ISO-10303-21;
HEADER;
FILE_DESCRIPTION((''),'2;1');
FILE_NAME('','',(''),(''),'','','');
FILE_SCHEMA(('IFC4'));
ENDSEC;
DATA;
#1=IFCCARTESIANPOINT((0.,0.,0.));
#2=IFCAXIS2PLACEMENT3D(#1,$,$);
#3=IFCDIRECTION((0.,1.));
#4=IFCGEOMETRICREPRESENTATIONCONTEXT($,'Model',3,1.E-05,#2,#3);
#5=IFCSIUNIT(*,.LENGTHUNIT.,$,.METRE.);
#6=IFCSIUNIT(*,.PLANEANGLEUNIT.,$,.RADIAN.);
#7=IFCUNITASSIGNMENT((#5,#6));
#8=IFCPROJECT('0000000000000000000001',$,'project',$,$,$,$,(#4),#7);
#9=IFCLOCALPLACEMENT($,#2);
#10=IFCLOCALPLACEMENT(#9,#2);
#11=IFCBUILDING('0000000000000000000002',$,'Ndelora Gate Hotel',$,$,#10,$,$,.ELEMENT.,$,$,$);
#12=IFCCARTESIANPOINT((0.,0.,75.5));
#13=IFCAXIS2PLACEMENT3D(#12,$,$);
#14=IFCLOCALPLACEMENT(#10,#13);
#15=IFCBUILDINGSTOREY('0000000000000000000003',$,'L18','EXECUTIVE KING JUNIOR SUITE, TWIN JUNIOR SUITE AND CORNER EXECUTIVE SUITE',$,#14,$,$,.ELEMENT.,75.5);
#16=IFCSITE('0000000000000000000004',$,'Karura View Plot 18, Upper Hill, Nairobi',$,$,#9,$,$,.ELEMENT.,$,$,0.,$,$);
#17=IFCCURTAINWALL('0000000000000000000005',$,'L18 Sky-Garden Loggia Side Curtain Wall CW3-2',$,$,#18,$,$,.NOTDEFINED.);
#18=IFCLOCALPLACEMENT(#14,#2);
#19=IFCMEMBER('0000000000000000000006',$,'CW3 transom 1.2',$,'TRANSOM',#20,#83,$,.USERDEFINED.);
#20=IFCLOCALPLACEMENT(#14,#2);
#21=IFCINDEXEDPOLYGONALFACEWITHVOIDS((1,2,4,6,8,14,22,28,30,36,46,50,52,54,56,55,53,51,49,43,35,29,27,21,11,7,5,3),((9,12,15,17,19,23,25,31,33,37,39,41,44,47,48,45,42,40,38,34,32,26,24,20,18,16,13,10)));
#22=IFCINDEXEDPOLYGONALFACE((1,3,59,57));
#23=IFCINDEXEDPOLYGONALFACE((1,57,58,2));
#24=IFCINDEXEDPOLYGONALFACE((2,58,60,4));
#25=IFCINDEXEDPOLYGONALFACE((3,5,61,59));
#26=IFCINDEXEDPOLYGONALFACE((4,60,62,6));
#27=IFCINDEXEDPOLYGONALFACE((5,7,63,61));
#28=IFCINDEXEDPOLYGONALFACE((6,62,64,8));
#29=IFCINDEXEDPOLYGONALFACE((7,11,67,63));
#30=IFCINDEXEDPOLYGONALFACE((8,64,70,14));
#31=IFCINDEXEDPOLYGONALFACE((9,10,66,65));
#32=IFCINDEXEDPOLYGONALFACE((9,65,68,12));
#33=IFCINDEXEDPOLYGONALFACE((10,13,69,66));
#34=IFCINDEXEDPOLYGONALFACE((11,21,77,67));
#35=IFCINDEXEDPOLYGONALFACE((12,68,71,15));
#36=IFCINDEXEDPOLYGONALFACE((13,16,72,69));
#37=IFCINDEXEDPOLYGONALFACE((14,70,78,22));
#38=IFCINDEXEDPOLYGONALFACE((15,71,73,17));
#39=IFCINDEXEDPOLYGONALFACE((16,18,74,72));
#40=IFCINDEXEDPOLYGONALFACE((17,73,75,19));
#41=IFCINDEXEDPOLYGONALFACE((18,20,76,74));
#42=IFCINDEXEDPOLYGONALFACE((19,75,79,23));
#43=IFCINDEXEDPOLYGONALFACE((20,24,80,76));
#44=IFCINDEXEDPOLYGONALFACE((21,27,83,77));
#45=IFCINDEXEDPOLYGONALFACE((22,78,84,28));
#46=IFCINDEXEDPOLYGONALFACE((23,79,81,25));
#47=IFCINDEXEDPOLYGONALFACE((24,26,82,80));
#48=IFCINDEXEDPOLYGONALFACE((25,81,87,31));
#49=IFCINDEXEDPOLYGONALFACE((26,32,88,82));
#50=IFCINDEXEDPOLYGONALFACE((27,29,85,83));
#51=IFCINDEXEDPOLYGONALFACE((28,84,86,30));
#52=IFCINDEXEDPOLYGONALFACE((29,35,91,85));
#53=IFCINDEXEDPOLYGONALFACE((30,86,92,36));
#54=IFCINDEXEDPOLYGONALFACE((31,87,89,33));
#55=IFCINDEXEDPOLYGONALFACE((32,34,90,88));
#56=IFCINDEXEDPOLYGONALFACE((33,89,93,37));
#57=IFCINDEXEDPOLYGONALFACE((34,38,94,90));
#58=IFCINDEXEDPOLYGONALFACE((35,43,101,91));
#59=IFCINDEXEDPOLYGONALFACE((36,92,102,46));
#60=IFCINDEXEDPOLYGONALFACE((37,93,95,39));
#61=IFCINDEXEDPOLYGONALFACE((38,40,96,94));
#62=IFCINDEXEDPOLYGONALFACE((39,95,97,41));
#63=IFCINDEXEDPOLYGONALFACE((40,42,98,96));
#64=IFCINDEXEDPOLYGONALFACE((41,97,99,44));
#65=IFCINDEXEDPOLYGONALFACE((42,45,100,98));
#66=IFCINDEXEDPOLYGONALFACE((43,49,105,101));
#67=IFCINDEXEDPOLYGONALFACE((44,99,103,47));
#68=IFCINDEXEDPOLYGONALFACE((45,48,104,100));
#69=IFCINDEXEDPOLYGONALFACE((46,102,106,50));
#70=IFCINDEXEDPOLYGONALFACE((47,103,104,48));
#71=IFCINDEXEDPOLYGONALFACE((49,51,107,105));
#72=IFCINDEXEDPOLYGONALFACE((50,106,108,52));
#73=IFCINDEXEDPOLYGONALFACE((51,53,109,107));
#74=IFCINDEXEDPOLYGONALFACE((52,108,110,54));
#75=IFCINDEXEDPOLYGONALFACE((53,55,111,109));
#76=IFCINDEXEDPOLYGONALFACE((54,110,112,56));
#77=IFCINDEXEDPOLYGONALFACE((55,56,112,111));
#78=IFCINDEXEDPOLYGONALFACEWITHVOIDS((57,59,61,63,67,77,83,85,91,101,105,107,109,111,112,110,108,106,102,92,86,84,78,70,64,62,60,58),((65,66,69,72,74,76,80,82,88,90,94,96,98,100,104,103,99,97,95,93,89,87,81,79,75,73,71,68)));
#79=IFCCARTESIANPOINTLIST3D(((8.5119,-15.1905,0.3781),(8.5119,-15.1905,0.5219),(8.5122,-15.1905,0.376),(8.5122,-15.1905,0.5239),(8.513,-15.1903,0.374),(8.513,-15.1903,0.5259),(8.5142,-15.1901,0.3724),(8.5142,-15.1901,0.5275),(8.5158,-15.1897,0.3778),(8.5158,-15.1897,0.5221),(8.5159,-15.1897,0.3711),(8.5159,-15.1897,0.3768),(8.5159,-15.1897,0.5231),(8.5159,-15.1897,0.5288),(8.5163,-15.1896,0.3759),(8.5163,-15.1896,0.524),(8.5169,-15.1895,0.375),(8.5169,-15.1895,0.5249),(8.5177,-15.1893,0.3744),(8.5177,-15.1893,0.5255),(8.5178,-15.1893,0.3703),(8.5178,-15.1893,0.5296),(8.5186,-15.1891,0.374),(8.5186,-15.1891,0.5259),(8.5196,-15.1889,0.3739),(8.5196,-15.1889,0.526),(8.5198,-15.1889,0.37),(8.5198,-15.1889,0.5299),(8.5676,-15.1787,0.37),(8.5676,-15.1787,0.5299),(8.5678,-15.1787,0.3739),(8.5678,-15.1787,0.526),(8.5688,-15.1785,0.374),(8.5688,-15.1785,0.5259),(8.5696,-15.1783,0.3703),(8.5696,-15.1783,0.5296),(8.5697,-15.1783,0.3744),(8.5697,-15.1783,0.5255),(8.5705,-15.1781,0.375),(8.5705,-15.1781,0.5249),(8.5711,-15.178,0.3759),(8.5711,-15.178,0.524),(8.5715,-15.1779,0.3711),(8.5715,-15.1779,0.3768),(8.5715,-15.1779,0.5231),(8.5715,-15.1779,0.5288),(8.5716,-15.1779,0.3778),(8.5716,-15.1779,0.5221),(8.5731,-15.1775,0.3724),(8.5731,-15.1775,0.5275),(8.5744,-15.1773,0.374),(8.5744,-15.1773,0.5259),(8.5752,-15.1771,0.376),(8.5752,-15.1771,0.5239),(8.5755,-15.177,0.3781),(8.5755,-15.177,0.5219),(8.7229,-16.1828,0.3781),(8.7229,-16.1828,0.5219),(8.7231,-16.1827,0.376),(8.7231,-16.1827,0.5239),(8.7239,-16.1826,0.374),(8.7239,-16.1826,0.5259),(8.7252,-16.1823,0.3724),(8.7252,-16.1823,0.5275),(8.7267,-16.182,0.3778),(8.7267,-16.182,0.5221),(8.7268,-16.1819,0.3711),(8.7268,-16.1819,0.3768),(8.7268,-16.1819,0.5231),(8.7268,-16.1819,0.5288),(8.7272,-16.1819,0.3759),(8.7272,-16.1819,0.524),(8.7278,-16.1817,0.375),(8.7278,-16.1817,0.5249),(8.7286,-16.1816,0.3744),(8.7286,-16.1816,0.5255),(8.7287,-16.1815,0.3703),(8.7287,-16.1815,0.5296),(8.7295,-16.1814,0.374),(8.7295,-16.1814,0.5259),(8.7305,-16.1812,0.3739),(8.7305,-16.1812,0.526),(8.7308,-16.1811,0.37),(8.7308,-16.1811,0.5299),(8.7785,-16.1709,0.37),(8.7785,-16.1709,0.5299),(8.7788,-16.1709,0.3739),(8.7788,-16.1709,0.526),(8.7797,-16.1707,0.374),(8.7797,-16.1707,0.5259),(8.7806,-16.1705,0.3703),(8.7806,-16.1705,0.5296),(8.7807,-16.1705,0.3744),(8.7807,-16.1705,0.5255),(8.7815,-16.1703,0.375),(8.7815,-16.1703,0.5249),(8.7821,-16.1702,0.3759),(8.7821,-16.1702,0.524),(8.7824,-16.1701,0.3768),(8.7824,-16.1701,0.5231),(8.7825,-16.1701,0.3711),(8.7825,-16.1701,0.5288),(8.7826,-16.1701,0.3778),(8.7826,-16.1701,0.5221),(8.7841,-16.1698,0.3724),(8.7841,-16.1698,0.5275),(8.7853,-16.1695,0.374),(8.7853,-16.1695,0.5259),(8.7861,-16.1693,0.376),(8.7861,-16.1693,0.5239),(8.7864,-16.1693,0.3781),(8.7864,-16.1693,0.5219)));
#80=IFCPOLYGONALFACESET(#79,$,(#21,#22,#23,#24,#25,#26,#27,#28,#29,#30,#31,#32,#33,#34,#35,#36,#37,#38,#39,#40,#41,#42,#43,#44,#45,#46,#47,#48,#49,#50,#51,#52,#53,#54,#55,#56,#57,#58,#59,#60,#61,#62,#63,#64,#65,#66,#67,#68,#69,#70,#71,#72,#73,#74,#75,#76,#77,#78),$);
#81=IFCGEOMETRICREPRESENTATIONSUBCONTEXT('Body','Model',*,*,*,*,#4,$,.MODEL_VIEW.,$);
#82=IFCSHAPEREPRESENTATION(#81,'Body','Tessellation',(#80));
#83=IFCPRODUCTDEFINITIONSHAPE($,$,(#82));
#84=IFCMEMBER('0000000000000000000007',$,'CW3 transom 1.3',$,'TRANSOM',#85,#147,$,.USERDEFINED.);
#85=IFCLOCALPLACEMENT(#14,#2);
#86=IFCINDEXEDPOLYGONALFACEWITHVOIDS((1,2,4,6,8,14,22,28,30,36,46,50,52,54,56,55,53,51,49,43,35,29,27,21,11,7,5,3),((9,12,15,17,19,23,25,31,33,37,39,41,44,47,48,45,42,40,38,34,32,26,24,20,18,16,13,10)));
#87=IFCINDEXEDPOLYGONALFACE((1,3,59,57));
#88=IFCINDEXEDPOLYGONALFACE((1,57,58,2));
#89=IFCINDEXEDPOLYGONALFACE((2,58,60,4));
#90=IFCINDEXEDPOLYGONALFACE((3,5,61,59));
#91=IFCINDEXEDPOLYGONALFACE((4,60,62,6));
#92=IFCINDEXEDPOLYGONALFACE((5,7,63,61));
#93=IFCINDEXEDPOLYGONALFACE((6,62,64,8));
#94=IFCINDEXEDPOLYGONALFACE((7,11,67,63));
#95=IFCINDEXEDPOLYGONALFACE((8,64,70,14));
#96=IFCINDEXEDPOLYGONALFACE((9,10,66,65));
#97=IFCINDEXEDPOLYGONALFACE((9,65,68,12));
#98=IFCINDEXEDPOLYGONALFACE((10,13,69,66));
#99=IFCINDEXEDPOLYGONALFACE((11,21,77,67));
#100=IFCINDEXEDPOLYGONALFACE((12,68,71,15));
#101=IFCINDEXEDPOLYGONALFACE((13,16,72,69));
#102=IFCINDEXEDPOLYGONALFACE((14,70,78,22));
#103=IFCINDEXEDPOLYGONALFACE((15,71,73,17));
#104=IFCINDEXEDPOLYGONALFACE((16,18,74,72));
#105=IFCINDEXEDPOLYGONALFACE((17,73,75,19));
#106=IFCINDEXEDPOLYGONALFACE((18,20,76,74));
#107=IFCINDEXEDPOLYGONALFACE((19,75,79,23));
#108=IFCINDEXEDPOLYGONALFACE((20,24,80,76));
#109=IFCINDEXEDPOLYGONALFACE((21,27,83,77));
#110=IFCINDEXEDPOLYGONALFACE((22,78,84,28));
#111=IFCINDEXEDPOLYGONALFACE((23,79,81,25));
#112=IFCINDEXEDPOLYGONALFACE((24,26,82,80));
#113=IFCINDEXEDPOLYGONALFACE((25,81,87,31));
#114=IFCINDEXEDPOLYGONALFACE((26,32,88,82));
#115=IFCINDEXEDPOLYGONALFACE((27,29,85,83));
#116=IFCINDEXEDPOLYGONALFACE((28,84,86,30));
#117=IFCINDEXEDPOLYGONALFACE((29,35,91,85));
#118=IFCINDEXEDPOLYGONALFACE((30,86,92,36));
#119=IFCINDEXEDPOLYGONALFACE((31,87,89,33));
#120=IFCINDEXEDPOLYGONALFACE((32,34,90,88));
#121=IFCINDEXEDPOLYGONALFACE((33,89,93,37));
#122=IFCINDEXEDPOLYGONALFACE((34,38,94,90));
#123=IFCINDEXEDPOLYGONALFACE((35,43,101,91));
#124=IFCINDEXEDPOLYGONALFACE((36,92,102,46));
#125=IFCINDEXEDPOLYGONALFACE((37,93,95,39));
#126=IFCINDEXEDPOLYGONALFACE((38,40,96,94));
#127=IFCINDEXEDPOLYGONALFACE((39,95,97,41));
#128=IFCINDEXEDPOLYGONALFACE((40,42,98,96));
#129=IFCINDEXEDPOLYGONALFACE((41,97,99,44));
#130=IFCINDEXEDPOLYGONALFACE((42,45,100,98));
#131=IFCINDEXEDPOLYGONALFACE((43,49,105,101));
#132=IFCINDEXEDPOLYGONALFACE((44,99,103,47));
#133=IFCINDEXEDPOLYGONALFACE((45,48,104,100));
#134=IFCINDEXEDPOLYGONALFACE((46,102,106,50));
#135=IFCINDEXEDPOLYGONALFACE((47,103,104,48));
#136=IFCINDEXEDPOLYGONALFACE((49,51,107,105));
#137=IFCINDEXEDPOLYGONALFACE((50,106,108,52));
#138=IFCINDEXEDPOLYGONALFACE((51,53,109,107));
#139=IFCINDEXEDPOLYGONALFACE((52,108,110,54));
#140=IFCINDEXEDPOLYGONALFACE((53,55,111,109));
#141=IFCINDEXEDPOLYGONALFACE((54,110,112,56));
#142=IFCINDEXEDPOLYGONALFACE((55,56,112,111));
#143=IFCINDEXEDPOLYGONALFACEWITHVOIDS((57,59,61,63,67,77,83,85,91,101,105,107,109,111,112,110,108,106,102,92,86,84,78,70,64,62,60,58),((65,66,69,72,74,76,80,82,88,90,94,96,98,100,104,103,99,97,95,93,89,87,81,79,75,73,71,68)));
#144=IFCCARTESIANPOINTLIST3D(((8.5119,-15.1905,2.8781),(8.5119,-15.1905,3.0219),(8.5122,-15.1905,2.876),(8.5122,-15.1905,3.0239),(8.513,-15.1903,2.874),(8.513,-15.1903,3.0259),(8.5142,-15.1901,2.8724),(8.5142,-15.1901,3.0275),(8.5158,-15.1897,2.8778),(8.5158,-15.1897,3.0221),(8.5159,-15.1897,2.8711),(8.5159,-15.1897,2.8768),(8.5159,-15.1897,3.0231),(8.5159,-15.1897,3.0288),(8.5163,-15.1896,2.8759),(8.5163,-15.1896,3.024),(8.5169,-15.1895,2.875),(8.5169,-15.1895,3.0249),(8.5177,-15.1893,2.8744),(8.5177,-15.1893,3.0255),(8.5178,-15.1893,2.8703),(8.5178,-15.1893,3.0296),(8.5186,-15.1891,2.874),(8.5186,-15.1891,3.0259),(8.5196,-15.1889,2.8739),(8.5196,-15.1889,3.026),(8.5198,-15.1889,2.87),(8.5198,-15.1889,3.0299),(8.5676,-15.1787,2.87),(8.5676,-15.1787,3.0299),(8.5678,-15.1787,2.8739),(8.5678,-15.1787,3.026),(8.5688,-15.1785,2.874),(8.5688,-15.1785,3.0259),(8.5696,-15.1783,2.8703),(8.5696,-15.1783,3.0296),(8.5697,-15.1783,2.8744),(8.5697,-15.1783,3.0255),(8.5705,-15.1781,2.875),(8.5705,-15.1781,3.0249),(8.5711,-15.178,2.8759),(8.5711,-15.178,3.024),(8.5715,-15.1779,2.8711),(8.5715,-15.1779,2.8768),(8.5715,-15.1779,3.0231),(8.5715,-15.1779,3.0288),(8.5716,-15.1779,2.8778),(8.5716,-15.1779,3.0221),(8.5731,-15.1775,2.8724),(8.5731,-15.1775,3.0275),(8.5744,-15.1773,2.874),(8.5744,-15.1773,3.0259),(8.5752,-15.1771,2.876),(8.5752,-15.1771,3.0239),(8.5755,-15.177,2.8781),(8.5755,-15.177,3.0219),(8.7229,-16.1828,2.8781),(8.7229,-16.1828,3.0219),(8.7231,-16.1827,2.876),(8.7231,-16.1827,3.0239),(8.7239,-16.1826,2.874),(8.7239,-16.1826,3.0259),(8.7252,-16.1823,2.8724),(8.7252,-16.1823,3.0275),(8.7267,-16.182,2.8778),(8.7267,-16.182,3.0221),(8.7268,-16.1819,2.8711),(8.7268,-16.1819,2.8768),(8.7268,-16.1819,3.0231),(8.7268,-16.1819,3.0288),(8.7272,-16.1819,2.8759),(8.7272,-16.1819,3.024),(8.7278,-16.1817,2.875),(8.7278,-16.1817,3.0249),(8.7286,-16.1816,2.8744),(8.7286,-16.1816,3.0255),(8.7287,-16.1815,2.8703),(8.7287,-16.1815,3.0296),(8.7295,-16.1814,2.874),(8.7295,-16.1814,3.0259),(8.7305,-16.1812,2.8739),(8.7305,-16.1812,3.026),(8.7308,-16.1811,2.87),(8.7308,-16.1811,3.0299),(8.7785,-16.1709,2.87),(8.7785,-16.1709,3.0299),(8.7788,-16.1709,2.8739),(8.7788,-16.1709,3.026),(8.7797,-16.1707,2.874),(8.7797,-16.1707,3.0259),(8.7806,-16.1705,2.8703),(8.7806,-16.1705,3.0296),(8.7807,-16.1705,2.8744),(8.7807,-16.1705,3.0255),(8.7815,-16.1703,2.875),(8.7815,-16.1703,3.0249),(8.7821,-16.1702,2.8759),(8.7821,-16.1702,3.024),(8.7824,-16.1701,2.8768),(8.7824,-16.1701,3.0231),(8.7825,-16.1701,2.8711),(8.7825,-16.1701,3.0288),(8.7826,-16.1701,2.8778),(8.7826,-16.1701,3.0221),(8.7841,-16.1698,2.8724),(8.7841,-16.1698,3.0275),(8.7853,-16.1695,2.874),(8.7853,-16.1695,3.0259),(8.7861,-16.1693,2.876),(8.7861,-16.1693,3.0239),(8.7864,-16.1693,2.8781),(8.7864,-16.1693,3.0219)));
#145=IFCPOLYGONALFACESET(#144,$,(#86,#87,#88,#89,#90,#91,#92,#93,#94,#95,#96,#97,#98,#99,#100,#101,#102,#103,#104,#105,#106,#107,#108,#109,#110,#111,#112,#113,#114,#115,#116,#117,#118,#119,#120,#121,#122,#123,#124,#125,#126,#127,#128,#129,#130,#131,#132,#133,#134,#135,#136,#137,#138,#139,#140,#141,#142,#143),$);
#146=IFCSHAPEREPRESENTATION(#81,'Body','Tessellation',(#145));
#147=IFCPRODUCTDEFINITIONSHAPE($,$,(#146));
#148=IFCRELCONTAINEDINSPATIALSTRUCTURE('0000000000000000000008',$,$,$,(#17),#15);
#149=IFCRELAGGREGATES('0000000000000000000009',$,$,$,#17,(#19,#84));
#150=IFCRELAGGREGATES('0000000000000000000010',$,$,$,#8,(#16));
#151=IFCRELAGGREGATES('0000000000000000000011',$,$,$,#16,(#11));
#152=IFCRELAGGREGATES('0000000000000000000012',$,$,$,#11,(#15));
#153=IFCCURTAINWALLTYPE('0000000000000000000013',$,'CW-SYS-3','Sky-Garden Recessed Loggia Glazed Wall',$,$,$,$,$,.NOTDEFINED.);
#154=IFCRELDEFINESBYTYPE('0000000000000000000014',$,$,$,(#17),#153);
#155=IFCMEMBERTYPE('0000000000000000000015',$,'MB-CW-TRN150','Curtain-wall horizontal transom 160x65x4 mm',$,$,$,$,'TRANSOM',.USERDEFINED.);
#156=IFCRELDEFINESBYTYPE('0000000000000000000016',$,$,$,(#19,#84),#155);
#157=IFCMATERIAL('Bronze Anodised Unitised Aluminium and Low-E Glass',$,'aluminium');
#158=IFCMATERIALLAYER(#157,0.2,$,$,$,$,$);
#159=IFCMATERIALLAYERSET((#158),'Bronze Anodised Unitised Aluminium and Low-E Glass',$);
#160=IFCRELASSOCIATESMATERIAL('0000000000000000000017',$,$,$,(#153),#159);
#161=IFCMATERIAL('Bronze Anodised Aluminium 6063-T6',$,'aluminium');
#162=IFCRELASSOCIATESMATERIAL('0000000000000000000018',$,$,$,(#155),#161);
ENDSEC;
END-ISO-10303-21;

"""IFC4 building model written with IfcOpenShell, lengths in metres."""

from ifc_helpers import new_model, si_unit, direction, frame, origin, origin_2d, place, context, subcontext, project, spatial, hollow_rectangle, extrude, material, layer, layer_set, material_profile, profile_set, type_object, element, aggregate, save


model = new_model("IFC4")

# Units and contexts
model_context = context("Model", 3, precision=1e-05, world=origin(), true_north=direction((0.0, 1.0)))
body_context = subcontext(model_context, "Body", "Model", "MODEL_VIEW")
ifc_project = project(units=[si_unit("LENGTHUNIT", "METRE"), si_unit("PLANEANGLEUNIT", "RADIAN")], contexts=[model_context])

# Site, building, storey
site_placement = place(None, origin())
site = spatial("IfcSite", under=ifc_project, at=site_placement, Name="Karura View Plot 18, Upper Hill, Nairobi", CompositionType="ELEMENT", RefElevation=0.0)
building_placement = place(site_placement, origin())
building = spatial("IfcBuilding", under=site, at=building_placement, Name="Ndelora Gate Hotel", CompositionType="ELEMENT")
storey_placement = place(building_placement, frame((0.0, 0.0, 75.5)))
storey = spatial("IfcBuildingStorey", under=building, at=storey_placement, Name="L18", Description="EXECUTIVE KING JUNIOR SUITE, TWIN JUNIOR SUITE AND CORNER EXECUTIVE SUITE", CompositionType="ELEMENT", Elevation=75.5)

# Curtain wall, members
ifc_material_1 = material(Name="Bronze Anodised Unitised Aluminium and Low-E Glass", Category="aluminium")
ifc_layer_1 = layer(ifc_material_1, 0.2)
ifc_layer_set_1 = layer_set([ifc_layer_1], Name="Bronze Anodised Unitised Aluminium and Low-E Glass")
curtain_wall_type = type_object("IfcCurtainWallType", Name="CW-SYS-3", Description="Sky-Garden Recessed Loggia Glazed Wall", PredefinedType="NOTDEFINED", material=ifc_layer_set_1)
curtain_wall_placement = place(storey_placement, origin())
curtain_wall = element("IfcCurtainWall", 1, at=curtain_wall_placement, inside=storey, type_object=curtain_wall_type, Name="L18 Sky-Garden Loggia Side Curtain Wall CW3-2", PredefinedType="NOTDEFINED")
ifc_material_2 = material(Name="Bronze Anodised Aluminium 6063-T6", Category="aluminium")
ifc_material_profile_1 = material_profile(ifc_material_2, hollow_rectangle(XDim=0.0649, YDim=0.1599, WallThickness=0.0039, InnerFilletRadius=0.0039, OuterFilletRadius=0.0081, at=origin_2d()), Name="ALU 160x65x4")
ifc_profile_set_1 = profile_set([ifc_material_profile_1], Name="Bronze Anodised Aluminium 6063-T6")
member_type_1 = type_object("IfcMemberType", Name="MB-CW-TRN150", Description="Curtain-wall horizontal transom 160x65x4 mm", ElementType="TRANSOM", PredefinedType="USERDEFINED", material=ifc_profile_set_1)
member_1_placement = place(storey_placement, frame((8.7546, -16.176, 0.45), z_axis=(-0.207951, 0.978139, 0.0), x_axis=(-0.978139, -0.207951, 0.0)))
member_1 = element("IfcMember", 2, at=member_1_placement, type_object=member_type_1, Name="CW3 transom 1.2", ObjectType="TRANSOM", PredefinedType="USERDEFINED", context=body_context, shape_type="SweptSolid", body=[
    extrude(hollow_rectangle(XDim=0.0649, YDim=0.1599, WallThickness=0.0039, InnerFilletRadius=0.0039, OuterFilletRadius=0.0081, at=origin_2d()), origin(), (0.0, 0.0, 1.0), 1.0144),
])
member_2_placement = place(storey_placement, frame((8.7546, -16.176, 2.95), z_axis=(-0.207951, 0.978139, 0.0), x_axis=(-0.978139, -0.207951, 0.0)))
member_2 = element("IfcMember", 3, at=member_2_placement, type_object=member_type_1, Name="CW3 transom 1.3", ObjectType="TRANSOM", PredefinedType="USERDEFINED", context=body_context, shape_type="SweptSolid", body=[
    extrude(hollow_rectangle(XDim=0.0649, YDim=0.1599, WallThickness=0.0039, InnerFilletRadius=0.0039, OuterFilletRadius=0.0081, at=origin_2d()), origin(), (0.0, 0.0, 1.0), 1.0144),
])
aggregate(curtain_wall, [member_1, member_2])

save(model, "model.ifc")
